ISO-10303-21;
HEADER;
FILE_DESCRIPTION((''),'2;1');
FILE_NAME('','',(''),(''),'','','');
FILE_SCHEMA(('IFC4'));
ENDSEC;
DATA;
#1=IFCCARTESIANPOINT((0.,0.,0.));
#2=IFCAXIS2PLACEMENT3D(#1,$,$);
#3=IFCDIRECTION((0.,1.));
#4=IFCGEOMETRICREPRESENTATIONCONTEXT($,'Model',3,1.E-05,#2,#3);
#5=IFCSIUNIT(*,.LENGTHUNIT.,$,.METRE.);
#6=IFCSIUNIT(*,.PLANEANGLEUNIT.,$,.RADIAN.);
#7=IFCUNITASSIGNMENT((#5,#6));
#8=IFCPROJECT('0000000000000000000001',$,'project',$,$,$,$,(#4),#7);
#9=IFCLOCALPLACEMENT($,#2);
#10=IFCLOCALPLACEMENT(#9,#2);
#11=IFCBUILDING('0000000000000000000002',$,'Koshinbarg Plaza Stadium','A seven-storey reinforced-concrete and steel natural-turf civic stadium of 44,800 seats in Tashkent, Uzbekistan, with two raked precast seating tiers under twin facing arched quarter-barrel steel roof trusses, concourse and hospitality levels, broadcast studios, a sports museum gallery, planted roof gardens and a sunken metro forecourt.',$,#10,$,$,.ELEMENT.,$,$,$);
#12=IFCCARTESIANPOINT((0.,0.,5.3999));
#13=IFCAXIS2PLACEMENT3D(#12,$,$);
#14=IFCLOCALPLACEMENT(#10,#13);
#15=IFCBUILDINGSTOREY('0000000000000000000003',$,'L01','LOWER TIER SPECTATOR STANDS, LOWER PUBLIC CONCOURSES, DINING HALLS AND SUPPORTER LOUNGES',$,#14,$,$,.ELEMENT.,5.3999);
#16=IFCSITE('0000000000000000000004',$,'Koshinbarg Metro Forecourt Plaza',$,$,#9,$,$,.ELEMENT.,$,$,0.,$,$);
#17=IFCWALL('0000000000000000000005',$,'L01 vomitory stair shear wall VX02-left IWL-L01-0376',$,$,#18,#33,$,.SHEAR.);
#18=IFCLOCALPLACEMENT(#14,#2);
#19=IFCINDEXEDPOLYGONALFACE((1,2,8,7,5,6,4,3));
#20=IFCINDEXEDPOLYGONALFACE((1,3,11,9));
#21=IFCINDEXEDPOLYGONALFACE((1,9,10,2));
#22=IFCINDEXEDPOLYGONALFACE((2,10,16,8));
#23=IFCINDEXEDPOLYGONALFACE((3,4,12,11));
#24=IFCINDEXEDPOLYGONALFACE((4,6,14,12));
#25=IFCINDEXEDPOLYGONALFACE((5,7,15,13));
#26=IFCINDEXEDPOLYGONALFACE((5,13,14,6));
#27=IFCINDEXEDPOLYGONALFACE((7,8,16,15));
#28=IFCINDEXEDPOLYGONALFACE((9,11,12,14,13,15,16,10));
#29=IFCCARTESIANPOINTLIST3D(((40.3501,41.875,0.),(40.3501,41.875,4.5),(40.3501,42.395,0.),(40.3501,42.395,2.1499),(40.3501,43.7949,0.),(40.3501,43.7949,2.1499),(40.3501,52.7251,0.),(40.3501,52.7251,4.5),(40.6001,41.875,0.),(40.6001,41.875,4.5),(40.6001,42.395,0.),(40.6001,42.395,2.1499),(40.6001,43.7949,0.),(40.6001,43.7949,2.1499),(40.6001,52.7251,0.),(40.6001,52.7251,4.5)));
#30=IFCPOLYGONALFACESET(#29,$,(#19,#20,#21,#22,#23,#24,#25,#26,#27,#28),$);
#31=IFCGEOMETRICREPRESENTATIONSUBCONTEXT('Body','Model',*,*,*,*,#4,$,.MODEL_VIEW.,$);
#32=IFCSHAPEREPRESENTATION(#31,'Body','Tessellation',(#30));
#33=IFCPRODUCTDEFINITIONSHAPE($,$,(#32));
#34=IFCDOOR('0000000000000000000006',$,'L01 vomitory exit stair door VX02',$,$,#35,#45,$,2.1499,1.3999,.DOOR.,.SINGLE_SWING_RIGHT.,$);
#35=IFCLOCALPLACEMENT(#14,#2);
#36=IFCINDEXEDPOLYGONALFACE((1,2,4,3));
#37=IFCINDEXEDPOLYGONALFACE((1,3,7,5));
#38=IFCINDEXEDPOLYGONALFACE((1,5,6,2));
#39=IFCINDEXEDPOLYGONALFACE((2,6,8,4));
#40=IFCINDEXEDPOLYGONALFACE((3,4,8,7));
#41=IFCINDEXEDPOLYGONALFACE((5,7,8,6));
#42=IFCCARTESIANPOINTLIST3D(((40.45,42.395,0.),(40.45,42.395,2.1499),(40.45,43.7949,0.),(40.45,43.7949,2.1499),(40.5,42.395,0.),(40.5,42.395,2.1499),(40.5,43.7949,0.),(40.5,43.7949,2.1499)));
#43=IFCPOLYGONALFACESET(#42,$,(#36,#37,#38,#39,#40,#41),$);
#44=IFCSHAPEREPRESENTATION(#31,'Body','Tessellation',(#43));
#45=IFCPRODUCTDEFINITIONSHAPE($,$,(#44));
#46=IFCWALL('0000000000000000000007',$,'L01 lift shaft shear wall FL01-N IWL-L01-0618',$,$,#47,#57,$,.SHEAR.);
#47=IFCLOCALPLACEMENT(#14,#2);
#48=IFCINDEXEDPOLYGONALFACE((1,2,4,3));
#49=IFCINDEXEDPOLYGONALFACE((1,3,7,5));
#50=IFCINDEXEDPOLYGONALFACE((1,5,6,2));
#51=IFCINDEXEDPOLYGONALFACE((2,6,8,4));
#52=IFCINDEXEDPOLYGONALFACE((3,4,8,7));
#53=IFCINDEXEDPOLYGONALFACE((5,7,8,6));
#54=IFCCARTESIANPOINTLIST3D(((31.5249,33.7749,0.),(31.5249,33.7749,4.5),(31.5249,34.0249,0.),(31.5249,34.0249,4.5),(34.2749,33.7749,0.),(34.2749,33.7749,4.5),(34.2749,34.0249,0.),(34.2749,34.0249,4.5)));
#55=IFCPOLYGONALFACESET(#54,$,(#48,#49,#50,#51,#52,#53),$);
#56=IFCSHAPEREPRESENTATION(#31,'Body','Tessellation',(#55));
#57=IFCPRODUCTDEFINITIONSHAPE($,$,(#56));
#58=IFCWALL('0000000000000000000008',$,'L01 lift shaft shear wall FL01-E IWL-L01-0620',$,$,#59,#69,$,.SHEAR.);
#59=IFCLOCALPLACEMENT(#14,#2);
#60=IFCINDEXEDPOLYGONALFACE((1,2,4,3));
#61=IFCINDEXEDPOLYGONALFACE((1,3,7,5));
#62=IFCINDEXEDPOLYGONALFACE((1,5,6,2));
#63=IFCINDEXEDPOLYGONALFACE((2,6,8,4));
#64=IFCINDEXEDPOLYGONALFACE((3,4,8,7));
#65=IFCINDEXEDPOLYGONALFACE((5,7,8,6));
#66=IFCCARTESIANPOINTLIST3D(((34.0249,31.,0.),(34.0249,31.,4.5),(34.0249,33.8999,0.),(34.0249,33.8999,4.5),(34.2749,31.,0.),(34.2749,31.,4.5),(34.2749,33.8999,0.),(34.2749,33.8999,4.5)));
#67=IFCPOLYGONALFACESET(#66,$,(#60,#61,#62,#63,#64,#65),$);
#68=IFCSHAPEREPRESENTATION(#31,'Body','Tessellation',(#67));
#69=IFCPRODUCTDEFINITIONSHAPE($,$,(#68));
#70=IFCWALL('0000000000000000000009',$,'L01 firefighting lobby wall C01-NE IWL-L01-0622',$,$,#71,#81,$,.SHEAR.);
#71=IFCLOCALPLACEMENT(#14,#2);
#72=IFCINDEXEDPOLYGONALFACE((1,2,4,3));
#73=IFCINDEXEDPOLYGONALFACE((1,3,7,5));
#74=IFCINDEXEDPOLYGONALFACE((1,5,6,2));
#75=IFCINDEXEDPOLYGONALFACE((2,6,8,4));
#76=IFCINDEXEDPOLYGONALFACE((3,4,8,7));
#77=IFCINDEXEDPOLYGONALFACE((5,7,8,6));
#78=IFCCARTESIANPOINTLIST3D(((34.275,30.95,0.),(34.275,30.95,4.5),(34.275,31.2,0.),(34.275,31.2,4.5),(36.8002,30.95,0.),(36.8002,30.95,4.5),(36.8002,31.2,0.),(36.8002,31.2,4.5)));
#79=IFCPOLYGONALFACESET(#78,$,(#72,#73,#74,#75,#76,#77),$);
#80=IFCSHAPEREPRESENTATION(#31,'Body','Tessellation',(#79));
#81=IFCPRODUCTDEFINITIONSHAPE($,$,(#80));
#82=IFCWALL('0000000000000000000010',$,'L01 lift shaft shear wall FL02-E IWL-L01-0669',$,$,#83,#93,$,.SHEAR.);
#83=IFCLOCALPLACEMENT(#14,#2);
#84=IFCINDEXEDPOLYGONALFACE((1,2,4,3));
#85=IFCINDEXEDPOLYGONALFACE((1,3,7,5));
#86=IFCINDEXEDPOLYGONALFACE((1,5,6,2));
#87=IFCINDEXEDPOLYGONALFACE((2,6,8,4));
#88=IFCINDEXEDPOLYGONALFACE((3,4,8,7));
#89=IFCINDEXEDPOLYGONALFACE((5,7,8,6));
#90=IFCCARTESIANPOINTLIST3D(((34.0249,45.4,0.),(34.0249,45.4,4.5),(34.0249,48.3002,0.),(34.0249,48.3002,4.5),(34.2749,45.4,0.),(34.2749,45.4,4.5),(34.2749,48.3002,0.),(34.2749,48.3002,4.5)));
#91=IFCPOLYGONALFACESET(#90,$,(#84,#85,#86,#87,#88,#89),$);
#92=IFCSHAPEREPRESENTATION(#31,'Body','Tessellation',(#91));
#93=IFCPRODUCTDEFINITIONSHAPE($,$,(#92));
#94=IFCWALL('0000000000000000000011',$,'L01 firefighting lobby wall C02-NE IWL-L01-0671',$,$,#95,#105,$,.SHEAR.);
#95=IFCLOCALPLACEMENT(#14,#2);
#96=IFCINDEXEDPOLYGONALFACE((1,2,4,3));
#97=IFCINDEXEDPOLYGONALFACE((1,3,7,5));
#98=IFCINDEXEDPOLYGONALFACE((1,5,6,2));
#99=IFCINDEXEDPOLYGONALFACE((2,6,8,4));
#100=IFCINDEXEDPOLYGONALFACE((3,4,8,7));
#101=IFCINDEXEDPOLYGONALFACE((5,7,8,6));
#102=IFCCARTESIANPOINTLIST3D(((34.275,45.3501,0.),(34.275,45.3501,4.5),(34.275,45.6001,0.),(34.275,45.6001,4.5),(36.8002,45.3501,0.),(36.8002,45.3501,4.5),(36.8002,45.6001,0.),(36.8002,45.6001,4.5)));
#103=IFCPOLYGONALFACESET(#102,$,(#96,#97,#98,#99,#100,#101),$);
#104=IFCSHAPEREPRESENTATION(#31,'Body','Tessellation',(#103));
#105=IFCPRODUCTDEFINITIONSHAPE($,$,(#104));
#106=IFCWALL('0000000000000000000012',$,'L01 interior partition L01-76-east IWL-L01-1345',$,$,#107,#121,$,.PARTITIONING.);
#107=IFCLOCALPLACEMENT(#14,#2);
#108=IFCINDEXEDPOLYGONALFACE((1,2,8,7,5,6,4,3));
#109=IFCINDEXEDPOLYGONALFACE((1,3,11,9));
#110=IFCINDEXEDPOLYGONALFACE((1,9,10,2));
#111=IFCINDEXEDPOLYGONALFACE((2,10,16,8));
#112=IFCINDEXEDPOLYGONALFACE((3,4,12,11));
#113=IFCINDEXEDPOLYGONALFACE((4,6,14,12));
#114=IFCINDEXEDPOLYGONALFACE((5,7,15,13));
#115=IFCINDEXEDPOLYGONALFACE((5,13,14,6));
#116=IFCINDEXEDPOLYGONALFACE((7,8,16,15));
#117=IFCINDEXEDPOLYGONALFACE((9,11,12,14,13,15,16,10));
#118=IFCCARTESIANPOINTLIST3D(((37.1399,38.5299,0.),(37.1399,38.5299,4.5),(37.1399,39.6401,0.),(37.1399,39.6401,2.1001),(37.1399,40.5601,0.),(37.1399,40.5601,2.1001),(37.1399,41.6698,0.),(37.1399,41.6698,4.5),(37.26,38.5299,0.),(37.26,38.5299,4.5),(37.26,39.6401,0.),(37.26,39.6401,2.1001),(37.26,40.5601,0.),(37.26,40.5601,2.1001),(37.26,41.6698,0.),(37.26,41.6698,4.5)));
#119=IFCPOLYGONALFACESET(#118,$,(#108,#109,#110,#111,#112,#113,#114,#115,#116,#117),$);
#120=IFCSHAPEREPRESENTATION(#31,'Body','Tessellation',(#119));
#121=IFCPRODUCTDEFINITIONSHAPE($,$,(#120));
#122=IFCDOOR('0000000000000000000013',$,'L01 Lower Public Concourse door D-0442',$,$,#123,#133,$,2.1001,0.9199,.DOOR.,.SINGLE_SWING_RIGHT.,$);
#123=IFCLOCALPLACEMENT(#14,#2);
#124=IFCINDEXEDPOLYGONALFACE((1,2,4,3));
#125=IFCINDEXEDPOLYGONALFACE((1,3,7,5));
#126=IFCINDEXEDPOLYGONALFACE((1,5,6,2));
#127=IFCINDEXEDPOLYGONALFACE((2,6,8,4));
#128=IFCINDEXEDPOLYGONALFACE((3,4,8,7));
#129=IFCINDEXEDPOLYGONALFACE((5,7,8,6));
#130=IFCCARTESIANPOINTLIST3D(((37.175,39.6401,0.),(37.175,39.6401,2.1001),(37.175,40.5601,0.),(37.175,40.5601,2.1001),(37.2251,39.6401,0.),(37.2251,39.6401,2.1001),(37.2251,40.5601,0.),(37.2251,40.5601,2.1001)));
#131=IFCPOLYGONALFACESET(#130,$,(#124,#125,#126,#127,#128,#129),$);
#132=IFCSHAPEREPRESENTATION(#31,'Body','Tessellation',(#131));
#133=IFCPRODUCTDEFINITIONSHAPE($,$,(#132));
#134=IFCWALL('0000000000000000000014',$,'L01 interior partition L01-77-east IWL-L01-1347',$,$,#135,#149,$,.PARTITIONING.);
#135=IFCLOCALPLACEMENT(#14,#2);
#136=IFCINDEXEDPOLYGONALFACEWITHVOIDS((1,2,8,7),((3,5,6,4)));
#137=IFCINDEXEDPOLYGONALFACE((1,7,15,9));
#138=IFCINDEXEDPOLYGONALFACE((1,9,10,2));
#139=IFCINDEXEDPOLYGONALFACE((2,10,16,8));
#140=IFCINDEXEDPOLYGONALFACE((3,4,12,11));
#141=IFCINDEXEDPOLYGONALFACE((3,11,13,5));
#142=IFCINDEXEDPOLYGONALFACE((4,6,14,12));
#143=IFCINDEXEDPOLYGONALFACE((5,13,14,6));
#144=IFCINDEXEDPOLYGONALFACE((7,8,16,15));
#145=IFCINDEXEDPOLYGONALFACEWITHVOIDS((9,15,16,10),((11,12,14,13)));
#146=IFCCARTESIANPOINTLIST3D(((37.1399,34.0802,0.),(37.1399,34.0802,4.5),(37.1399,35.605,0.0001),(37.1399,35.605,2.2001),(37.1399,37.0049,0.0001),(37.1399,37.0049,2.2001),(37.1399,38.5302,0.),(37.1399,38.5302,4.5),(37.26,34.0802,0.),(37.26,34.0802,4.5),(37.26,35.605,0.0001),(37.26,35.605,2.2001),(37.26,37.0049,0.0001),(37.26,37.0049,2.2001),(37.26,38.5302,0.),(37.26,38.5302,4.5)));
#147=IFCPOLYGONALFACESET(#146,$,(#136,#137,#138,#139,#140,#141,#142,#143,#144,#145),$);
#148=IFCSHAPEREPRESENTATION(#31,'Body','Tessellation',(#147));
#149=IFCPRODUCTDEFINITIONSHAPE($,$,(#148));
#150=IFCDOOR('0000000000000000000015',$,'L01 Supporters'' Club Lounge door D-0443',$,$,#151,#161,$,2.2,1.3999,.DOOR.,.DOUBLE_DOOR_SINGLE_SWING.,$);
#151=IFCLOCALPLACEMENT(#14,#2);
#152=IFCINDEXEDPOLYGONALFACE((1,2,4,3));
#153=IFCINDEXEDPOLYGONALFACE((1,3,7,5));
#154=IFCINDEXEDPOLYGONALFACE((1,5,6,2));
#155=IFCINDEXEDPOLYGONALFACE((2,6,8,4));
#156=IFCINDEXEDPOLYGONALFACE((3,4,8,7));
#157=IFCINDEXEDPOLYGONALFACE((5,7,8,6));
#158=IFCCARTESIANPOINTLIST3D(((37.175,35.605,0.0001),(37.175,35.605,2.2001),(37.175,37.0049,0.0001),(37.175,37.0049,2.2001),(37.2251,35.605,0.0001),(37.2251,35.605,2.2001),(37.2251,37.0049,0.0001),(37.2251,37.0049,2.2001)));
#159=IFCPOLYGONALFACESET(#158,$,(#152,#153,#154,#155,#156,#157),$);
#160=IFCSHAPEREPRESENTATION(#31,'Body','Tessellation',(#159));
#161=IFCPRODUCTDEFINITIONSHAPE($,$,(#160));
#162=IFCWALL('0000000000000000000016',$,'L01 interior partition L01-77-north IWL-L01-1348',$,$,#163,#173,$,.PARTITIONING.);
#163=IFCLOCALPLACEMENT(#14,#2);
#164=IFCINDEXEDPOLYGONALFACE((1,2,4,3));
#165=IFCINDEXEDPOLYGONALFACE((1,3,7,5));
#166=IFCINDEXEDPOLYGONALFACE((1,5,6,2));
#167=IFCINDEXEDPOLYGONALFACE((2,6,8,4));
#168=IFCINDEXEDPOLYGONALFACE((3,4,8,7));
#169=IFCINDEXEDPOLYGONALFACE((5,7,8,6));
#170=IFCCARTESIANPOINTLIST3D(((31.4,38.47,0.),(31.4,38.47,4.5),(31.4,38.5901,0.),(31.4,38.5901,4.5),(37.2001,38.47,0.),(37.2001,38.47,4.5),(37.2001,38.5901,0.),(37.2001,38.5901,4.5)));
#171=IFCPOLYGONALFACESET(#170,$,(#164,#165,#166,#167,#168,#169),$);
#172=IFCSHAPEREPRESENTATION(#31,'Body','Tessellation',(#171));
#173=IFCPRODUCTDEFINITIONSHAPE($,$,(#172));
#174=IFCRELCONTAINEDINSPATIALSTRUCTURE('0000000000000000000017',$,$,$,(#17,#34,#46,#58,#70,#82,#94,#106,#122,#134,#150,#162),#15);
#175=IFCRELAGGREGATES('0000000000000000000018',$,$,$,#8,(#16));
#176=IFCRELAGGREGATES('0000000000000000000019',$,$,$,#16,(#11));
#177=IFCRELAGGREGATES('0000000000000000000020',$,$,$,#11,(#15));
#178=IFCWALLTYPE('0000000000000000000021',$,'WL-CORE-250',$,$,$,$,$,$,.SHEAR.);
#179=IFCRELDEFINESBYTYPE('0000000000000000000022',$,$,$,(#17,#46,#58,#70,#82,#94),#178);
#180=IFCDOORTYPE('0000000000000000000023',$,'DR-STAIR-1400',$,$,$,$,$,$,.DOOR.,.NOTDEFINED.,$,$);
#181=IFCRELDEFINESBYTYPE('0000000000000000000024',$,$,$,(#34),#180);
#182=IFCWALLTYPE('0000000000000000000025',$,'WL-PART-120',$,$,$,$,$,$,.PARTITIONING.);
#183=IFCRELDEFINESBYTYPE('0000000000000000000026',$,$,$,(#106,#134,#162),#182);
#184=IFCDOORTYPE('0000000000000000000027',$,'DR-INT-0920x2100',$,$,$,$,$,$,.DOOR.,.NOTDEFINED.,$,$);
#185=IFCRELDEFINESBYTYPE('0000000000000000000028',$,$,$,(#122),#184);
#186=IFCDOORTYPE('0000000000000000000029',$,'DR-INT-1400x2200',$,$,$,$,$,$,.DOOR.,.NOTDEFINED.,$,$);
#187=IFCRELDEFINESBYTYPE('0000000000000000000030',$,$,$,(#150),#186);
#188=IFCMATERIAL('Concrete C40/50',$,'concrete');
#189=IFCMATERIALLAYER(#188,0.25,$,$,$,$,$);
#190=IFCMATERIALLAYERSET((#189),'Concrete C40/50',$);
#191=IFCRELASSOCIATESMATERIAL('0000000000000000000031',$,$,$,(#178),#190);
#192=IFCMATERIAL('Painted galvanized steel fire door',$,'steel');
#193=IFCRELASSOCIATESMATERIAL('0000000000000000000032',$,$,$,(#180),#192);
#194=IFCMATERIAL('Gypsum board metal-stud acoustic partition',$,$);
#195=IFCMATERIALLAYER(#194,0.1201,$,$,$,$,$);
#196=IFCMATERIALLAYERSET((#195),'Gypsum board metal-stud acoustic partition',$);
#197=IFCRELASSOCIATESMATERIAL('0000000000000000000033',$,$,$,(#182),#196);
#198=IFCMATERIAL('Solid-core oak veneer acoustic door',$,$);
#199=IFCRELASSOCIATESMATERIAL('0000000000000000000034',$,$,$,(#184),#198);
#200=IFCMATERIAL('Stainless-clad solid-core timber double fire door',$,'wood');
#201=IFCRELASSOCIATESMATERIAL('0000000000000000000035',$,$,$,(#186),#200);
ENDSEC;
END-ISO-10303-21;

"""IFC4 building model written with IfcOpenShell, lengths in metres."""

from ifc_helpers import new_model, si_unit, direction, frame, frame_2d, origin, place, context, subcontext, project, spatial, rectangle, extrude, material, layer, layer_set, type_object, element, fill, save


model = new_model("IFC4")

# Units and contexts
model_context = context("Model", 3, precision=1e-05, world=origin(), true_north=direction((0.0, 1.0)))
body_context = subcontext(model_context, "Body", "Model", "MODEL_VIEW")
ifc_project = project(units=[si_unit("LENGTHUNIT", "METRE"), si_unit("PLANEANGLEUNIT", "RADIAN")], contexts=[model_context])

# Site, building, storey
site_placement = place(None, origin())
site = spatial("IfcSite", under=ifc_project, at=site_placement, Name="Koshinbarg Metro Forecourt Plaza", CompositionType="ELEMENT", RefElevation=0.0)
building_placement = place(site_placement, origin())
building = spatial("IfcBuilding", under=site, at=building_placement, Name="Koshinbarg Plaza Stadium", Description="A seven-storey reinforced-concrete and steel natural-turf civic stadium of 44,800 seats in Tashkent, Uzbekistan, with two raked precast seating tiers under twin facing arched quarter-barrel steel roof trusses, concourse and hospitality levels, broadcast studios, a sports museum gallery, planted roof gardens and a sunken metro forecourt.", CompositionType="ELEMENT")
storey_placement = place(building_placement, frame((0.0, 0.0, 5.3999)))
storey = spatial("IfcBuildingStorey", under=building, at=storey_placement, Name="L01", Description="LOWER TIER SPECTATOR STANDS, LOWER PUBLIC CONCOURSES, DINING HALLS AND SUPPORTER LOUNGES", CompositionType="ELEMENT", Elevation=5.3999)

# Shared definitions
ifc_material_1 = material(Name="Concrete C40/50", Category="concrete")

# Shared definitions
ifc_layer_1 = layer(ifc_material_1, 0.25)
ifc_layer_set_1 = layer_set([ifc_layer_1], Name="Concrete C40/50")
wall_type_1 = type_object("IfcWallType", Name="WL-CORE-250", PredefinedType="SHEAR", material=ifc_layer_set_1)

# Wall, opening, door
wall_1_placement = place(storey_placement, frame((40.4751, 41.875, 0.0), z_axis=(0.0, 0.0, 1.0), x_axis=(0.0, 1.0, 0.0)))
wall_1 = element("IfcWall", 1, at=wall_1_placement, inside=storey, type_object=wall_type_1, Name="L01 vomitory stair shear wall VX02-left IWL-L01-0376", PredefinedType="SHEAR", context=body_context, shape_type="SweptSolid", body=[
    extrude(rectangle(XDim=10.8501, YDim=0.25, at=frame_2d((5.425, 0.0))), origin(), (0.0, 0.0, 1.0), 4.5),
])
opening_1_placement = place(wall_1_placement, frame((0.52, 0.0, 0.0)))
opening_1 = element("IfcOpeningElement", 2, at=opening_1_placement, cuts=wall_1, PredefinedType="OPENING", context=body_context, shape_type="SweptSolid", body=[
    extrude(rectangle(XDim=1.3999, YDim=2.1499, at=frame_2d((0.7, 1.075))), frame((0.0, 0.135, 0.0), z_axis=(0.0, -1.0, 0.0), x_axis=(1.0, 0.0, 0.0)), (0.0, 0.0, 1.0), 0.27),
])
ifc_material_2 = material(Name="Painted galvanized steel fire door", Category="steel")
door_type_1 = type_object("IfcDoorType", Name="DR-STAIR-1400", OperationType="NOTDEFINED", PredefinedType="DOOR", material=ifc_material_2)
door_1_placement = place(opening_1_placement, frame((1.3999, 0.0, 0.0), z_axis=(0.0, 0.0, 1.0), x_axis=(-1.0, 0.0, 0.0)))
door_1 = element("IfcDoor", 3, at=door_1_placement, inside=storey, type_object=door_type_1, Name="L01 vomitory exit stair door VX02", OperationType="SINGLE_SWING_RIGHT", OverallHeight=2.1499, OverallWidth=1.3999, PredefinedType="DOOR", context=body_context, shape_type="SweptSolid", body=[
    extrude(rectangle(XDim=1.3999, YDim=2.1499, at=frame_2d((0.7, 1.075))), frame((0.0, 0.0249, 0.0), z_axis=(0.0, -1.0, 0.0), x_axis=(1.0, 0.0, 0.0)), (0.0, 0.0, 1.0), 0.05),
])
fill(opening_1, door_1)

# Walls
wall_2_placement = place(storey_placement, frame((34.2749, 33.8999, 0.0), z_axis=(0.0, 0.0, 1.0), x_axis=(-1.0, 0.0, 0.0)))
element("IfcWall", 4, at=wall_2_placement, inside=storey, type_object=wall_type_1, Name="L01 lift shaft shear wall FL01-N IWL-L01-0618", PredefinedType="SHEAR", context=body_context, shape_type="SweptSolid", body=[
    extrude(rectangle(XDim=2.75, YDim=0.25, at=frame_2d((1.375, 0.0))), origin(), (0.0, 0.0, 1.0), 4.5),
])
wall_3_placement = place(storey_placement, frame((34.1499, 31.0, 0.0), z_axis=(0.0, 0.0, 1.0), x_axis=(0.0, 1.0, 0.0)))
element("IfcWall", 5, at=wall_3_placement, inside=storey, type_object=wall_type_1, Name="L01 lift shaft shear wall FL01-E IWL-L01-0620", PredefinedType="SHEAR", context=body_context, shape_type="SweptSolid", body=[
    extrude(rectangle(XDim=2.8999, YDim=0.25, at=frame_2d((1.45, 0.0))), origin(), (0.0, 0.0, 1.0), 4.5),
])

# Walls
wall_4_placement = place(storey_placement, frame((34.2749, 31.075, 0.0), z_axis=(0.0, 0.0, 1.0), x_axis=(1.0, 0.0, 0.0)))
element("IfcWall", 6, at=wall_4_placement, inside=storey, type_object=wall_type_1, Name="L01 firefighting lobby wall C01-NE IWL-L01-0622", PredefinedType="SHEAR", context=body_context, shape_type="SweptSolid", body=[
    extrude(rectangle(XDim=2.5251, YDim=0.25, at=frame_2d((1.2627, 0.0))), origin(), (0.0, 0.0, 1.0), 4.5),
])
wall_5_placement = place(storey_placement, frame((34.1499, 45.3999, 0.0), z_axis=(0.0, 0.0, 1.0), x_axis=(0.0, 1.0, 0.0)))
element("IfcWall", 7, at=wall_5_placement, inside=storey, type_object=wall_type_1, Name="L01 lift shaft shear wall FL02-E IWL-L01-0669", PredefinedType="SHEAR", context=body_context, shape_type="SweptSolid", body=[
    extrude(rectangle(XDim=2.9001, YDim=0.25, at=frame_2d((1.4502, 0.0))), origin(), (0.0, 0.0, 1.0), 4.5),
])

# Wall
wall_6_placement = place(storey_placement, frame((34.2749, 45.4751, 0.0), z_axis=(0.0, 0.0, 1.0), x_axis=(1.0, 0.0, 0.0)))
element("IfcWall", 8, at=wall_6_placement, inside=storey, type_object=wall_type_1, Name="L01 firefighting lobby wall C02-NE IWL-L01-0671", PredefinedType="SHEAR", context=body_context, shape_type="SweptSolid", body=[
    extrude(rectangle(XDim=2.5251, YDim=0.25, at=frame_2d((1.2627, 0.0))), origin(), (0.0, 0.0, 1.0), 4.5),
])

# Walls, openings, doors
ifc_material_3 = material(Name="Gypsum board metal-stud acoustic partition")
ifc_layer_2 = layer(ifc_material_3, 0.1201)
ifc_layer_set_2 = layer_set([ifc_layer_2], Name="Gypsum board metal-stud acoustic partition")
wall_type_2 = type_object("IfcWallType", Name="WL-PART-120", PredefinedType="PARTITIONING", material=ifc_layer_set_2)
wall_7_placement = place(storey_placement, frame((37.2, 38.53, 0.0), z_axis=(0.0, 0.0, 1.0), x_axis=(0.0, 1.0, 0.0)))
wall_7 = element("IfcWall", 9, at=wall_7_placement, inside=storey, type_object=wall_type_2, Name="L01 interior partition L01-76-east IWL-L01-1345", PredefinedType="PARTITIONING", context=body_context, shape_type="SweptSolid", body=[
    extrude(rectangle(XDim=3.1399, YDim=0.1201, at=frame_2d((1.5698, 0.0))), origin(), (0.0, 0.0, 1.0), 4.5),
])
opening_2_placement = place(wall_7_placement, frame((1.1101, 0.0, 0.0)))
opening_2 = element("IfcOpeningElement", 10, at=opening_2_placement, cuts=wall_7, PredefinedType="OPENING", context=body_context, shape_type="SweptSolid", body=[
    extrude(rectangle(XDim=0.9199, YDim=2.1001, at=frame_2d((0.46, 1.05))), frame((0.0, 0.0701, 0.0), z_axis=(0.0, -1.0, 0.0), x_axis=(1.0, 0.0, 0.0)), (0.0, 0.0, 1.0), 0.1401),
])
ifc_material_4 = material(Name="Solid-core oak veneer acoustic door")
door_type_2 = type_object("IfcDoorType", Name="DR-INT-0920x2100", OperationType="NOTDEFINED", PredefinedType="DOOR", material=ifc_material_4)
door_2_placement = place(opening_2_placement, origin())
door_2 = element("IfcDoor", 11, at=door_2_placement, inside=storey, type_object=door_type_2, Name="L01 Lower Public Concourse door D-0442", OperationType="SINGLE_SWING_RIGHT", OverallHeight=2.1001, OverallWidth=0.9199, PredefinedType="DOOR", context=body_context, shape_type="SweptSolid", body=[
    extrude(rectangle(XDim=0.9199, YDim=2.1001, at=frame_2d((0.46, 1.05))), frame((0.0, 0.0249, 0.0), z_axis=(0.0, -1.0, 0.0), x_axis=(1.0, 0.0, 0.0)), (0.0, 0.0, 1.0), 0.05),
])
fill(opening_2, door_2)
wall_8_placement = place(storey_placement, frame((37.2, 34.0801, 0.0), z_axis=(0.0, 0.0, 1.0), x_axis=(0.0, 1.0, 0.0)))
wall_8 = element("IfcWall", 12, at=wall_8_placement, inside=storey, type_object=wall_type_2, Name="L01 interior partition L01-77-east IWL-L01-1347", PredefinedType="PARTITIONING", context=body_context, shape_type="SweptSolid", body=[
    extrude(rectangle(XDim=4.45, YDim=0.1201, at=frame_2d((2.2251, 0.0))), origin(), (0.0, 0.0, 1.0), 4.5),
])
opening_3_placement = place(wall_8_placement, frame((1.5249, 0.0, 0.0)))
opening_3 = element("IfcOpeningElement", 13, at=opening_3_placement, cuts=wall_8, PredefinedType="OPENING", context=body_context, shape_type="SweptSolid", body=[
    extrude(rectangle(XDim=1.3999, YDim=2.2, at=frame_2d((0.7, 1.1001))), frame((0.0, 0.0701, 0.0), z_axis=(0.0, -1.0, 0.0), x_axis=(1.0, 0.0, 0.0)), (0.0, 0.0, 1.0), 0.1401),
])
ifc_material_5 = material(Name="Stainless-clad solid-core timber double fire door", Category="wood")
door_type_3 = type_object("IfcDoorType", Name="DR-INT-1400x2200", OperationType="NOTDEFINED", PredefinedType="DOOR", material=ifc_material_5)
door_3_placement = place(opening_3_placement, origin())
door_3 = element("IfcDoor", 14, at=door_3_placement, inside=storey, type_object=door_type_3, Name="L01 Supporters' Club Lounge door D-0443", OperationType="DOUBLE_DOOR_SINGLE_SWING", OverallHeight=2.2, OverallWidth=1.3999, PredefinedType="DOOR", context=body_context, shape_type="SweptSolid", body=[
    extrude(rectangle(XDim=1.3999, YDim=2.2, at=frame_2d((0.7, 1.1001))), frame((0.0, 0.0249, 0.0), z_axis=(0.0, -1.0, 0.0), x_axis=(1.0, 0.0, 0.0)), (0.0, 0.0, 1.0), 0.05),
])
fill(opening_3, door_3)

# Wall
wall_9_placement = place(storey_placement, frame((37.2, 38.53, 0.0), z_axis=(0.0, 0.0, 1.0), x_axis=(-1.0, 0.0, 0.0)))
element("IfcWall", 15, at=wall_9_placement, inside=storey, type_object=wall_type_2, Name="L01 interior partition L01-77-north IWL-L01-1348", PredefinedType="PARTITIONING", context=body_context, shape_type="SweptSolid", body=[
    extrude(rectangle(XDim=5.8, YDim=0.1201, at=frame_2d((2.8999, 0.0))), origin(), (0.0, 0.0, 1.0), 4.5),
])

save(model, "model.ifc")
